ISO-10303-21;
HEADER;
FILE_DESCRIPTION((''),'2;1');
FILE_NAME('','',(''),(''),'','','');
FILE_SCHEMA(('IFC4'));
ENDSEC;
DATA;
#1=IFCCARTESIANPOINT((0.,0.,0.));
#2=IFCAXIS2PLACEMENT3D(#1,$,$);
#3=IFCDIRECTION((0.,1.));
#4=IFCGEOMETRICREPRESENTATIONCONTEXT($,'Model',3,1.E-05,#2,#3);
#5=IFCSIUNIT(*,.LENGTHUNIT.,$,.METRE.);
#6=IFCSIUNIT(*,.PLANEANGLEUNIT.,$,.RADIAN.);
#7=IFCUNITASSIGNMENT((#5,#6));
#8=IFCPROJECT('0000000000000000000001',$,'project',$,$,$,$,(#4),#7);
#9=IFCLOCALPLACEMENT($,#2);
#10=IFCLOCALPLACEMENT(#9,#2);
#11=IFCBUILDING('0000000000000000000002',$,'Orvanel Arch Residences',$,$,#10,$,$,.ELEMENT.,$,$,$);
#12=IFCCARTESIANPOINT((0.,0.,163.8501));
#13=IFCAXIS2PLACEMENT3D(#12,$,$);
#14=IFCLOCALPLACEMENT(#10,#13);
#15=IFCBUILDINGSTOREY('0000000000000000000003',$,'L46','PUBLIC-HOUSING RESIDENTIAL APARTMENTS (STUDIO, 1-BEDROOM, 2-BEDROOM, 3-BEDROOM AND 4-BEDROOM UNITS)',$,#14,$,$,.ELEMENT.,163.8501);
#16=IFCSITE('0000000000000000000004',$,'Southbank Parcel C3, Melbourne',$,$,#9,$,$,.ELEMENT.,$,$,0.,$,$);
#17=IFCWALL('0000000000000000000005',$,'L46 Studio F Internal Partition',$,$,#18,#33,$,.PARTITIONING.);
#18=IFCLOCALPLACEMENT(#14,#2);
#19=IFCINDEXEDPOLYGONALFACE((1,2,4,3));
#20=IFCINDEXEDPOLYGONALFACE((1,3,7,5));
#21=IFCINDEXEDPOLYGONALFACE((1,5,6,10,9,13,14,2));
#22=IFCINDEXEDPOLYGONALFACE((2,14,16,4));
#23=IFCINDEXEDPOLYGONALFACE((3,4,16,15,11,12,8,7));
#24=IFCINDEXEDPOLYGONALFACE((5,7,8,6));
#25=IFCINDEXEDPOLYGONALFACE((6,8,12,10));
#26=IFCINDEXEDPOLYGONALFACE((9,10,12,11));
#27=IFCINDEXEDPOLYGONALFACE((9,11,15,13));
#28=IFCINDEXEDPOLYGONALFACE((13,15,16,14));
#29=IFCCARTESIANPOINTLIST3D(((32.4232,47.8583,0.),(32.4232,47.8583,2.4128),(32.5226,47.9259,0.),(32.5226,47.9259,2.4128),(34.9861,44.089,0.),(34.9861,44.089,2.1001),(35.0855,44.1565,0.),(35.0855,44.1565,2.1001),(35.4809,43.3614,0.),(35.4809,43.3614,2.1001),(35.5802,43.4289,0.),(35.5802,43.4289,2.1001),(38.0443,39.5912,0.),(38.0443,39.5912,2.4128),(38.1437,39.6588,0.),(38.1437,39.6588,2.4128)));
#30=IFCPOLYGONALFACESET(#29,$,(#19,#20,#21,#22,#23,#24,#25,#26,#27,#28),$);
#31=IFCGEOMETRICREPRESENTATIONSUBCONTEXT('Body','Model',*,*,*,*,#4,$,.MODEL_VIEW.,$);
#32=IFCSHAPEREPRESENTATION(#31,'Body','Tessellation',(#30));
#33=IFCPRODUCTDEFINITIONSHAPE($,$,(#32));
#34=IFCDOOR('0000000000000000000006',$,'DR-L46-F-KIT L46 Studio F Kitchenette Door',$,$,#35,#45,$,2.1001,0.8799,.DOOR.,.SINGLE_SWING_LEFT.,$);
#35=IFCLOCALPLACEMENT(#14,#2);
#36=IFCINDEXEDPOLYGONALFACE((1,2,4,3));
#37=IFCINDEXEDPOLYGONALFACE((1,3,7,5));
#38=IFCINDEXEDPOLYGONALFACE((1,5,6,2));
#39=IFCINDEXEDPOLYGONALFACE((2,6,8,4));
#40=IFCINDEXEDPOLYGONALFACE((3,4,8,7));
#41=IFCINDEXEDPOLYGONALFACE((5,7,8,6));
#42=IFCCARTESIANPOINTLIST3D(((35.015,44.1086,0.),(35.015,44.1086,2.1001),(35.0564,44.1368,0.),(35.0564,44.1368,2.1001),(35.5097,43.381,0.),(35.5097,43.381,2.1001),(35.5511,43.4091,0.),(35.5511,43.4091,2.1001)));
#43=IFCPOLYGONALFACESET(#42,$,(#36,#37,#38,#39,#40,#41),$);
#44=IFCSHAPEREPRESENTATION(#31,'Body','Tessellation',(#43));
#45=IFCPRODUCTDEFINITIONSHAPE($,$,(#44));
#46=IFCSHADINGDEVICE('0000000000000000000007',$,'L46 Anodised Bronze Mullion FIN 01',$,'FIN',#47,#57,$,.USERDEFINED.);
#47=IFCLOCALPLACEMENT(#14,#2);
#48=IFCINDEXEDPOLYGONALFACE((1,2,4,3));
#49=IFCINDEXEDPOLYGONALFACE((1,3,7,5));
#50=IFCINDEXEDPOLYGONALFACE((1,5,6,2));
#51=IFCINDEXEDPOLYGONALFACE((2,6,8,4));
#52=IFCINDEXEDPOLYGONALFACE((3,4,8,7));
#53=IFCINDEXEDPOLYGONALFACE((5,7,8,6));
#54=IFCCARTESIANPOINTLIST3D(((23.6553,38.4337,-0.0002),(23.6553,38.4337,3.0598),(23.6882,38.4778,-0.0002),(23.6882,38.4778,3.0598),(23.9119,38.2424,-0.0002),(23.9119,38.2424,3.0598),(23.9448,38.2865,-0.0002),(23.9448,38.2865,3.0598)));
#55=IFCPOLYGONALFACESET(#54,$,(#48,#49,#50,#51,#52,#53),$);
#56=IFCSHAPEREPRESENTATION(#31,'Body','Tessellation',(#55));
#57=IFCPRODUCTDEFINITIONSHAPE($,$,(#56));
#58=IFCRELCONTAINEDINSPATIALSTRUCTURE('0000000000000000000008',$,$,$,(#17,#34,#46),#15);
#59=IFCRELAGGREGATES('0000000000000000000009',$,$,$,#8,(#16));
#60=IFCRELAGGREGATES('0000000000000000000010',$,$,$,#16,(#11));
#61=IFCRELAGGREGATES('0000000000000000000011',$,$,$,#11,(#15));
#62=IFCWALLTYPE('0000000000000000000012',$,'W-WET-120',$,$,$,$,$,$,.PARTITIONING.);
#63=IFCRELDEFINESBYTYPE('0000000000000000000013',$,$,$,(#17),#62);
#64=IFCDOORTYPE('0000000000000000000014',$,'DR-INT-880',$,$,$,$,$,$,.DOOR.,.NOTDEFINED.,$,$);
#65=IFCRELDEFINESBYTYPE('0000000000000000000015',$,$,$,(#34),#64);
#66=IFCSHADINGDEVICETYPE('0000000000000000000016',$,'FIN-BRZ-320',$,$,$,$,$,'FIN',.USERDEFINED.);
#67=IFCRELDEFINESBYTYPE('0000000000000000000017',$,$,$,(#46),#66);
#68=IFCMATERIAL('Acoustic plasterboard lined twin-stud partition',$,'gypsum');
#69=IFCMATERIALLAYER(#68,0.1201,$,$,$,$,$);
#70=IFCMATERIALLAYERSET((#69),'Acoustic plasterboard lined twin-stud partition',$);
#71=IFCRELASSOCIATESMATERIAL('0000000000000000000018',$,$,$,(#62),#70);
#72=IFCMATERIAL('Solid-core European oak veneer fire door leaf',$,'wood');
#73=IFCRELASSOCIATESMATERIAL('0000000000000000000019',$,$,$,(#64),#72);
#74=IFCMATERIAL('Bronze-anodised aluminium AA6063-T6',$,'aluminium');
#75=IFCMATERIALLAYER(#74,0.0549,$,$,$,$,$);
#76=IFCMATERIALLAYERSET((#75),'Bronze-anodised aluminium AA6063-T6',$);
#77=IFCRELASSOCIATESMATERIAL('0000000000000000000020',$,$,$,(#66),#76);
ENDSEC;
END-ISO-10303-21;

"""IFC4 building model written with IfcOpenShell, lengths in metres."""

from ifc_helpers import new_model, si_unit, direction, frame, frame_2d, origin, origin_2d, place, context, subcontext, project, spatial, rectangle, extrude, material, layer, layer_set, type_object, element, fill, save


model = new_model("IFC4")

# Units and contexts
model_context = context("Model", 3, precision=1e-05, world=origin(), true_north=direction((0.0, 1.0)))
body_context = subcontext(model_context, "Body", "Model", "MODEL_VIEW")
ifc_project = project(units=[si_unit("LENGTHUNIT", "METRE"), si_unit("PLANEANGLEUNIT", "RADIAN")], contexts=[model_context])

# Site, building, storey
site_placement = place(None, origin())
site = spatial("IfcSite", under=ifc_project, at=site_placement, Name="Southbank Parcel C3, Melbourne", CompositionType="ELEMENT", RefElevation=0.0)
building_placement = place(site_placement, origin())
building = spatial("IfcBuilding", under=site, at=building_placement, Name="Orvanel Arch Residences", CompositionType="ELEMENT")
storey_placement = place(building_placement, frame((0.0, 0.0, 163.8501)))
storey = spatial("IfcBuildingStorey", under=building, at=storey_placement, Name="L46", Description="PUBLIC-HOUSING RESIDENTIAL APARTMENTS (STUDIO, 1-BEDROOM, 2-BEDROOM, 3-BEDROOM AND 4-BEDROOM UNITS)", CompositionType="ELEMENT", Elevation=163.8501)

# Shared definitions
ifc_material_1 = material(Name="Bronze-anodised aluminium AA6063-T6", Category="aluminium")

# Wall, opening, door
ifc_material_2 = material(Name="Acoustic plasterboard lined twin-stud partition", Category="gypsum")
ifc_layer_1 = layer(ifc_material_2, 0.1201)
ifc_layer_set_1 = layer_set([ifc_layer_1], Name="Acoustic plasterboard lined twin-stud partition")
wall_type_1 = type_object("IfcWallType", Name="W-WET-120", PredefinedType="PARTITIONING", material=ifc_layer_set_1)
wall_1_placement = place(storey_placement, frame((32.4729, 47.8921, 0.0), z_axis=(0.0, 0.0, 1.0), x_axis=(0.562274, -0.826951, 0.0)))
wall_1 = element("IfcWall", 1, at=wall_1_placement, inside=storey, type_object=wall_type_1, Name="L46 Studio F Internal Partition", PredefinedType="PARTITIONING", context=body_context, shape_type="SweptSolid", body=[
    extrude(rectangle(XDim=9.9971, YDim=0.1201, at=frame_2d((4.9985, 0.0))), origin(), (0.0, 0.0, 1.0), 2.4128),
])
opening_placement = place(wall_1_placement, frame((4.5581, 0.0, 0.0)))
opening = element("IfcOpeningElement", 2, at=opening_placement, cuts=wall_1, PredefinedType="OPENING", context=body_context, shape_type="SweptSolid", body=[
    extrude(rectangle(XDim=0.8799, YDim=2.1001, at=frame_2d((0.4399, 1.05))), frame((0.0, 0.0701, 0.0), z_axis=(0.0, -1.0, 0.0), x_axis=(1.0, 0.0, 0.0)), (0.0, 0.0, 1.0), 0.1401),
])
ifc_material_3 = material(Name="Solid-core European oak veneer fire door leaf", Category="wood")
door_type = type_object("IfcDoorType", Name="DR-INT-880", OperationType="NOTDEFINED", PredefinedType="DOOR", material=ifc_material_3)
door_placement = place(opening_placement, origin())
door = element("IfcDoor", 3, at=door_placement, inside=storey, type_object=door_type, Name="DR-L46-F-KIT L46 Studio F Kitchenette Door", OperationType="SINGLE_SWING_LEFT", OverallHeight=2.1001, OverallWidth=0.8799, PredefinedType="DOOR", context=body_context, shape_type="SweptSolid", body=[
    extrude(rectangle(XDim=0.8799, YDim=2.1001, at=frame_2d((0.4399, 1.05))), frame((0.0, 0.0249, 0.0), z_axis=(0.0, -1.0, 0.0), x_axis=(1.0, 0.0, 0.0)), (0.0, 0.0, 1.0), 0.05),
])
fill(opening, door)

# Shading device
ifc_layer_2 = layer(ifc_material_1, 0.0549)
ifc_layer_set_2 = layer_set([ifc_layer_2], Name="Bronze-anodised aluminium AA6063-T6")
shading_device_type = type_object("IfcShadingDeviceType", Name="FIN-BRZ-320", ElementType="FIN", PredefinedType="USERDEFINED", material=ifc_layer_set_2)
shading_device_placement = place(storey_placement, frame((23.8, 38.3601, -0.0002), z_axis=(0.0, 0.0, 1.0), x_axis=(-0.801776, 0.597625, 0.0)))
element("IfcShadingDevice", 4, at=shading_device_placement, inside=storey, type_object=shading_device_type, Name="L46 Anodised Bronze Mullion FIN 01", ObjectType="FIN", PredefinedType="USERDEFINED", context=body_context, shape_type="SweptSolid", body=[
    extrude(rectangle(XDim=0.3201, YDim=0.0549, at=origin_2d()), origin(), (0.0, 0.0, 1.0), 3.0601),
])

save(model, "model.ifc")
